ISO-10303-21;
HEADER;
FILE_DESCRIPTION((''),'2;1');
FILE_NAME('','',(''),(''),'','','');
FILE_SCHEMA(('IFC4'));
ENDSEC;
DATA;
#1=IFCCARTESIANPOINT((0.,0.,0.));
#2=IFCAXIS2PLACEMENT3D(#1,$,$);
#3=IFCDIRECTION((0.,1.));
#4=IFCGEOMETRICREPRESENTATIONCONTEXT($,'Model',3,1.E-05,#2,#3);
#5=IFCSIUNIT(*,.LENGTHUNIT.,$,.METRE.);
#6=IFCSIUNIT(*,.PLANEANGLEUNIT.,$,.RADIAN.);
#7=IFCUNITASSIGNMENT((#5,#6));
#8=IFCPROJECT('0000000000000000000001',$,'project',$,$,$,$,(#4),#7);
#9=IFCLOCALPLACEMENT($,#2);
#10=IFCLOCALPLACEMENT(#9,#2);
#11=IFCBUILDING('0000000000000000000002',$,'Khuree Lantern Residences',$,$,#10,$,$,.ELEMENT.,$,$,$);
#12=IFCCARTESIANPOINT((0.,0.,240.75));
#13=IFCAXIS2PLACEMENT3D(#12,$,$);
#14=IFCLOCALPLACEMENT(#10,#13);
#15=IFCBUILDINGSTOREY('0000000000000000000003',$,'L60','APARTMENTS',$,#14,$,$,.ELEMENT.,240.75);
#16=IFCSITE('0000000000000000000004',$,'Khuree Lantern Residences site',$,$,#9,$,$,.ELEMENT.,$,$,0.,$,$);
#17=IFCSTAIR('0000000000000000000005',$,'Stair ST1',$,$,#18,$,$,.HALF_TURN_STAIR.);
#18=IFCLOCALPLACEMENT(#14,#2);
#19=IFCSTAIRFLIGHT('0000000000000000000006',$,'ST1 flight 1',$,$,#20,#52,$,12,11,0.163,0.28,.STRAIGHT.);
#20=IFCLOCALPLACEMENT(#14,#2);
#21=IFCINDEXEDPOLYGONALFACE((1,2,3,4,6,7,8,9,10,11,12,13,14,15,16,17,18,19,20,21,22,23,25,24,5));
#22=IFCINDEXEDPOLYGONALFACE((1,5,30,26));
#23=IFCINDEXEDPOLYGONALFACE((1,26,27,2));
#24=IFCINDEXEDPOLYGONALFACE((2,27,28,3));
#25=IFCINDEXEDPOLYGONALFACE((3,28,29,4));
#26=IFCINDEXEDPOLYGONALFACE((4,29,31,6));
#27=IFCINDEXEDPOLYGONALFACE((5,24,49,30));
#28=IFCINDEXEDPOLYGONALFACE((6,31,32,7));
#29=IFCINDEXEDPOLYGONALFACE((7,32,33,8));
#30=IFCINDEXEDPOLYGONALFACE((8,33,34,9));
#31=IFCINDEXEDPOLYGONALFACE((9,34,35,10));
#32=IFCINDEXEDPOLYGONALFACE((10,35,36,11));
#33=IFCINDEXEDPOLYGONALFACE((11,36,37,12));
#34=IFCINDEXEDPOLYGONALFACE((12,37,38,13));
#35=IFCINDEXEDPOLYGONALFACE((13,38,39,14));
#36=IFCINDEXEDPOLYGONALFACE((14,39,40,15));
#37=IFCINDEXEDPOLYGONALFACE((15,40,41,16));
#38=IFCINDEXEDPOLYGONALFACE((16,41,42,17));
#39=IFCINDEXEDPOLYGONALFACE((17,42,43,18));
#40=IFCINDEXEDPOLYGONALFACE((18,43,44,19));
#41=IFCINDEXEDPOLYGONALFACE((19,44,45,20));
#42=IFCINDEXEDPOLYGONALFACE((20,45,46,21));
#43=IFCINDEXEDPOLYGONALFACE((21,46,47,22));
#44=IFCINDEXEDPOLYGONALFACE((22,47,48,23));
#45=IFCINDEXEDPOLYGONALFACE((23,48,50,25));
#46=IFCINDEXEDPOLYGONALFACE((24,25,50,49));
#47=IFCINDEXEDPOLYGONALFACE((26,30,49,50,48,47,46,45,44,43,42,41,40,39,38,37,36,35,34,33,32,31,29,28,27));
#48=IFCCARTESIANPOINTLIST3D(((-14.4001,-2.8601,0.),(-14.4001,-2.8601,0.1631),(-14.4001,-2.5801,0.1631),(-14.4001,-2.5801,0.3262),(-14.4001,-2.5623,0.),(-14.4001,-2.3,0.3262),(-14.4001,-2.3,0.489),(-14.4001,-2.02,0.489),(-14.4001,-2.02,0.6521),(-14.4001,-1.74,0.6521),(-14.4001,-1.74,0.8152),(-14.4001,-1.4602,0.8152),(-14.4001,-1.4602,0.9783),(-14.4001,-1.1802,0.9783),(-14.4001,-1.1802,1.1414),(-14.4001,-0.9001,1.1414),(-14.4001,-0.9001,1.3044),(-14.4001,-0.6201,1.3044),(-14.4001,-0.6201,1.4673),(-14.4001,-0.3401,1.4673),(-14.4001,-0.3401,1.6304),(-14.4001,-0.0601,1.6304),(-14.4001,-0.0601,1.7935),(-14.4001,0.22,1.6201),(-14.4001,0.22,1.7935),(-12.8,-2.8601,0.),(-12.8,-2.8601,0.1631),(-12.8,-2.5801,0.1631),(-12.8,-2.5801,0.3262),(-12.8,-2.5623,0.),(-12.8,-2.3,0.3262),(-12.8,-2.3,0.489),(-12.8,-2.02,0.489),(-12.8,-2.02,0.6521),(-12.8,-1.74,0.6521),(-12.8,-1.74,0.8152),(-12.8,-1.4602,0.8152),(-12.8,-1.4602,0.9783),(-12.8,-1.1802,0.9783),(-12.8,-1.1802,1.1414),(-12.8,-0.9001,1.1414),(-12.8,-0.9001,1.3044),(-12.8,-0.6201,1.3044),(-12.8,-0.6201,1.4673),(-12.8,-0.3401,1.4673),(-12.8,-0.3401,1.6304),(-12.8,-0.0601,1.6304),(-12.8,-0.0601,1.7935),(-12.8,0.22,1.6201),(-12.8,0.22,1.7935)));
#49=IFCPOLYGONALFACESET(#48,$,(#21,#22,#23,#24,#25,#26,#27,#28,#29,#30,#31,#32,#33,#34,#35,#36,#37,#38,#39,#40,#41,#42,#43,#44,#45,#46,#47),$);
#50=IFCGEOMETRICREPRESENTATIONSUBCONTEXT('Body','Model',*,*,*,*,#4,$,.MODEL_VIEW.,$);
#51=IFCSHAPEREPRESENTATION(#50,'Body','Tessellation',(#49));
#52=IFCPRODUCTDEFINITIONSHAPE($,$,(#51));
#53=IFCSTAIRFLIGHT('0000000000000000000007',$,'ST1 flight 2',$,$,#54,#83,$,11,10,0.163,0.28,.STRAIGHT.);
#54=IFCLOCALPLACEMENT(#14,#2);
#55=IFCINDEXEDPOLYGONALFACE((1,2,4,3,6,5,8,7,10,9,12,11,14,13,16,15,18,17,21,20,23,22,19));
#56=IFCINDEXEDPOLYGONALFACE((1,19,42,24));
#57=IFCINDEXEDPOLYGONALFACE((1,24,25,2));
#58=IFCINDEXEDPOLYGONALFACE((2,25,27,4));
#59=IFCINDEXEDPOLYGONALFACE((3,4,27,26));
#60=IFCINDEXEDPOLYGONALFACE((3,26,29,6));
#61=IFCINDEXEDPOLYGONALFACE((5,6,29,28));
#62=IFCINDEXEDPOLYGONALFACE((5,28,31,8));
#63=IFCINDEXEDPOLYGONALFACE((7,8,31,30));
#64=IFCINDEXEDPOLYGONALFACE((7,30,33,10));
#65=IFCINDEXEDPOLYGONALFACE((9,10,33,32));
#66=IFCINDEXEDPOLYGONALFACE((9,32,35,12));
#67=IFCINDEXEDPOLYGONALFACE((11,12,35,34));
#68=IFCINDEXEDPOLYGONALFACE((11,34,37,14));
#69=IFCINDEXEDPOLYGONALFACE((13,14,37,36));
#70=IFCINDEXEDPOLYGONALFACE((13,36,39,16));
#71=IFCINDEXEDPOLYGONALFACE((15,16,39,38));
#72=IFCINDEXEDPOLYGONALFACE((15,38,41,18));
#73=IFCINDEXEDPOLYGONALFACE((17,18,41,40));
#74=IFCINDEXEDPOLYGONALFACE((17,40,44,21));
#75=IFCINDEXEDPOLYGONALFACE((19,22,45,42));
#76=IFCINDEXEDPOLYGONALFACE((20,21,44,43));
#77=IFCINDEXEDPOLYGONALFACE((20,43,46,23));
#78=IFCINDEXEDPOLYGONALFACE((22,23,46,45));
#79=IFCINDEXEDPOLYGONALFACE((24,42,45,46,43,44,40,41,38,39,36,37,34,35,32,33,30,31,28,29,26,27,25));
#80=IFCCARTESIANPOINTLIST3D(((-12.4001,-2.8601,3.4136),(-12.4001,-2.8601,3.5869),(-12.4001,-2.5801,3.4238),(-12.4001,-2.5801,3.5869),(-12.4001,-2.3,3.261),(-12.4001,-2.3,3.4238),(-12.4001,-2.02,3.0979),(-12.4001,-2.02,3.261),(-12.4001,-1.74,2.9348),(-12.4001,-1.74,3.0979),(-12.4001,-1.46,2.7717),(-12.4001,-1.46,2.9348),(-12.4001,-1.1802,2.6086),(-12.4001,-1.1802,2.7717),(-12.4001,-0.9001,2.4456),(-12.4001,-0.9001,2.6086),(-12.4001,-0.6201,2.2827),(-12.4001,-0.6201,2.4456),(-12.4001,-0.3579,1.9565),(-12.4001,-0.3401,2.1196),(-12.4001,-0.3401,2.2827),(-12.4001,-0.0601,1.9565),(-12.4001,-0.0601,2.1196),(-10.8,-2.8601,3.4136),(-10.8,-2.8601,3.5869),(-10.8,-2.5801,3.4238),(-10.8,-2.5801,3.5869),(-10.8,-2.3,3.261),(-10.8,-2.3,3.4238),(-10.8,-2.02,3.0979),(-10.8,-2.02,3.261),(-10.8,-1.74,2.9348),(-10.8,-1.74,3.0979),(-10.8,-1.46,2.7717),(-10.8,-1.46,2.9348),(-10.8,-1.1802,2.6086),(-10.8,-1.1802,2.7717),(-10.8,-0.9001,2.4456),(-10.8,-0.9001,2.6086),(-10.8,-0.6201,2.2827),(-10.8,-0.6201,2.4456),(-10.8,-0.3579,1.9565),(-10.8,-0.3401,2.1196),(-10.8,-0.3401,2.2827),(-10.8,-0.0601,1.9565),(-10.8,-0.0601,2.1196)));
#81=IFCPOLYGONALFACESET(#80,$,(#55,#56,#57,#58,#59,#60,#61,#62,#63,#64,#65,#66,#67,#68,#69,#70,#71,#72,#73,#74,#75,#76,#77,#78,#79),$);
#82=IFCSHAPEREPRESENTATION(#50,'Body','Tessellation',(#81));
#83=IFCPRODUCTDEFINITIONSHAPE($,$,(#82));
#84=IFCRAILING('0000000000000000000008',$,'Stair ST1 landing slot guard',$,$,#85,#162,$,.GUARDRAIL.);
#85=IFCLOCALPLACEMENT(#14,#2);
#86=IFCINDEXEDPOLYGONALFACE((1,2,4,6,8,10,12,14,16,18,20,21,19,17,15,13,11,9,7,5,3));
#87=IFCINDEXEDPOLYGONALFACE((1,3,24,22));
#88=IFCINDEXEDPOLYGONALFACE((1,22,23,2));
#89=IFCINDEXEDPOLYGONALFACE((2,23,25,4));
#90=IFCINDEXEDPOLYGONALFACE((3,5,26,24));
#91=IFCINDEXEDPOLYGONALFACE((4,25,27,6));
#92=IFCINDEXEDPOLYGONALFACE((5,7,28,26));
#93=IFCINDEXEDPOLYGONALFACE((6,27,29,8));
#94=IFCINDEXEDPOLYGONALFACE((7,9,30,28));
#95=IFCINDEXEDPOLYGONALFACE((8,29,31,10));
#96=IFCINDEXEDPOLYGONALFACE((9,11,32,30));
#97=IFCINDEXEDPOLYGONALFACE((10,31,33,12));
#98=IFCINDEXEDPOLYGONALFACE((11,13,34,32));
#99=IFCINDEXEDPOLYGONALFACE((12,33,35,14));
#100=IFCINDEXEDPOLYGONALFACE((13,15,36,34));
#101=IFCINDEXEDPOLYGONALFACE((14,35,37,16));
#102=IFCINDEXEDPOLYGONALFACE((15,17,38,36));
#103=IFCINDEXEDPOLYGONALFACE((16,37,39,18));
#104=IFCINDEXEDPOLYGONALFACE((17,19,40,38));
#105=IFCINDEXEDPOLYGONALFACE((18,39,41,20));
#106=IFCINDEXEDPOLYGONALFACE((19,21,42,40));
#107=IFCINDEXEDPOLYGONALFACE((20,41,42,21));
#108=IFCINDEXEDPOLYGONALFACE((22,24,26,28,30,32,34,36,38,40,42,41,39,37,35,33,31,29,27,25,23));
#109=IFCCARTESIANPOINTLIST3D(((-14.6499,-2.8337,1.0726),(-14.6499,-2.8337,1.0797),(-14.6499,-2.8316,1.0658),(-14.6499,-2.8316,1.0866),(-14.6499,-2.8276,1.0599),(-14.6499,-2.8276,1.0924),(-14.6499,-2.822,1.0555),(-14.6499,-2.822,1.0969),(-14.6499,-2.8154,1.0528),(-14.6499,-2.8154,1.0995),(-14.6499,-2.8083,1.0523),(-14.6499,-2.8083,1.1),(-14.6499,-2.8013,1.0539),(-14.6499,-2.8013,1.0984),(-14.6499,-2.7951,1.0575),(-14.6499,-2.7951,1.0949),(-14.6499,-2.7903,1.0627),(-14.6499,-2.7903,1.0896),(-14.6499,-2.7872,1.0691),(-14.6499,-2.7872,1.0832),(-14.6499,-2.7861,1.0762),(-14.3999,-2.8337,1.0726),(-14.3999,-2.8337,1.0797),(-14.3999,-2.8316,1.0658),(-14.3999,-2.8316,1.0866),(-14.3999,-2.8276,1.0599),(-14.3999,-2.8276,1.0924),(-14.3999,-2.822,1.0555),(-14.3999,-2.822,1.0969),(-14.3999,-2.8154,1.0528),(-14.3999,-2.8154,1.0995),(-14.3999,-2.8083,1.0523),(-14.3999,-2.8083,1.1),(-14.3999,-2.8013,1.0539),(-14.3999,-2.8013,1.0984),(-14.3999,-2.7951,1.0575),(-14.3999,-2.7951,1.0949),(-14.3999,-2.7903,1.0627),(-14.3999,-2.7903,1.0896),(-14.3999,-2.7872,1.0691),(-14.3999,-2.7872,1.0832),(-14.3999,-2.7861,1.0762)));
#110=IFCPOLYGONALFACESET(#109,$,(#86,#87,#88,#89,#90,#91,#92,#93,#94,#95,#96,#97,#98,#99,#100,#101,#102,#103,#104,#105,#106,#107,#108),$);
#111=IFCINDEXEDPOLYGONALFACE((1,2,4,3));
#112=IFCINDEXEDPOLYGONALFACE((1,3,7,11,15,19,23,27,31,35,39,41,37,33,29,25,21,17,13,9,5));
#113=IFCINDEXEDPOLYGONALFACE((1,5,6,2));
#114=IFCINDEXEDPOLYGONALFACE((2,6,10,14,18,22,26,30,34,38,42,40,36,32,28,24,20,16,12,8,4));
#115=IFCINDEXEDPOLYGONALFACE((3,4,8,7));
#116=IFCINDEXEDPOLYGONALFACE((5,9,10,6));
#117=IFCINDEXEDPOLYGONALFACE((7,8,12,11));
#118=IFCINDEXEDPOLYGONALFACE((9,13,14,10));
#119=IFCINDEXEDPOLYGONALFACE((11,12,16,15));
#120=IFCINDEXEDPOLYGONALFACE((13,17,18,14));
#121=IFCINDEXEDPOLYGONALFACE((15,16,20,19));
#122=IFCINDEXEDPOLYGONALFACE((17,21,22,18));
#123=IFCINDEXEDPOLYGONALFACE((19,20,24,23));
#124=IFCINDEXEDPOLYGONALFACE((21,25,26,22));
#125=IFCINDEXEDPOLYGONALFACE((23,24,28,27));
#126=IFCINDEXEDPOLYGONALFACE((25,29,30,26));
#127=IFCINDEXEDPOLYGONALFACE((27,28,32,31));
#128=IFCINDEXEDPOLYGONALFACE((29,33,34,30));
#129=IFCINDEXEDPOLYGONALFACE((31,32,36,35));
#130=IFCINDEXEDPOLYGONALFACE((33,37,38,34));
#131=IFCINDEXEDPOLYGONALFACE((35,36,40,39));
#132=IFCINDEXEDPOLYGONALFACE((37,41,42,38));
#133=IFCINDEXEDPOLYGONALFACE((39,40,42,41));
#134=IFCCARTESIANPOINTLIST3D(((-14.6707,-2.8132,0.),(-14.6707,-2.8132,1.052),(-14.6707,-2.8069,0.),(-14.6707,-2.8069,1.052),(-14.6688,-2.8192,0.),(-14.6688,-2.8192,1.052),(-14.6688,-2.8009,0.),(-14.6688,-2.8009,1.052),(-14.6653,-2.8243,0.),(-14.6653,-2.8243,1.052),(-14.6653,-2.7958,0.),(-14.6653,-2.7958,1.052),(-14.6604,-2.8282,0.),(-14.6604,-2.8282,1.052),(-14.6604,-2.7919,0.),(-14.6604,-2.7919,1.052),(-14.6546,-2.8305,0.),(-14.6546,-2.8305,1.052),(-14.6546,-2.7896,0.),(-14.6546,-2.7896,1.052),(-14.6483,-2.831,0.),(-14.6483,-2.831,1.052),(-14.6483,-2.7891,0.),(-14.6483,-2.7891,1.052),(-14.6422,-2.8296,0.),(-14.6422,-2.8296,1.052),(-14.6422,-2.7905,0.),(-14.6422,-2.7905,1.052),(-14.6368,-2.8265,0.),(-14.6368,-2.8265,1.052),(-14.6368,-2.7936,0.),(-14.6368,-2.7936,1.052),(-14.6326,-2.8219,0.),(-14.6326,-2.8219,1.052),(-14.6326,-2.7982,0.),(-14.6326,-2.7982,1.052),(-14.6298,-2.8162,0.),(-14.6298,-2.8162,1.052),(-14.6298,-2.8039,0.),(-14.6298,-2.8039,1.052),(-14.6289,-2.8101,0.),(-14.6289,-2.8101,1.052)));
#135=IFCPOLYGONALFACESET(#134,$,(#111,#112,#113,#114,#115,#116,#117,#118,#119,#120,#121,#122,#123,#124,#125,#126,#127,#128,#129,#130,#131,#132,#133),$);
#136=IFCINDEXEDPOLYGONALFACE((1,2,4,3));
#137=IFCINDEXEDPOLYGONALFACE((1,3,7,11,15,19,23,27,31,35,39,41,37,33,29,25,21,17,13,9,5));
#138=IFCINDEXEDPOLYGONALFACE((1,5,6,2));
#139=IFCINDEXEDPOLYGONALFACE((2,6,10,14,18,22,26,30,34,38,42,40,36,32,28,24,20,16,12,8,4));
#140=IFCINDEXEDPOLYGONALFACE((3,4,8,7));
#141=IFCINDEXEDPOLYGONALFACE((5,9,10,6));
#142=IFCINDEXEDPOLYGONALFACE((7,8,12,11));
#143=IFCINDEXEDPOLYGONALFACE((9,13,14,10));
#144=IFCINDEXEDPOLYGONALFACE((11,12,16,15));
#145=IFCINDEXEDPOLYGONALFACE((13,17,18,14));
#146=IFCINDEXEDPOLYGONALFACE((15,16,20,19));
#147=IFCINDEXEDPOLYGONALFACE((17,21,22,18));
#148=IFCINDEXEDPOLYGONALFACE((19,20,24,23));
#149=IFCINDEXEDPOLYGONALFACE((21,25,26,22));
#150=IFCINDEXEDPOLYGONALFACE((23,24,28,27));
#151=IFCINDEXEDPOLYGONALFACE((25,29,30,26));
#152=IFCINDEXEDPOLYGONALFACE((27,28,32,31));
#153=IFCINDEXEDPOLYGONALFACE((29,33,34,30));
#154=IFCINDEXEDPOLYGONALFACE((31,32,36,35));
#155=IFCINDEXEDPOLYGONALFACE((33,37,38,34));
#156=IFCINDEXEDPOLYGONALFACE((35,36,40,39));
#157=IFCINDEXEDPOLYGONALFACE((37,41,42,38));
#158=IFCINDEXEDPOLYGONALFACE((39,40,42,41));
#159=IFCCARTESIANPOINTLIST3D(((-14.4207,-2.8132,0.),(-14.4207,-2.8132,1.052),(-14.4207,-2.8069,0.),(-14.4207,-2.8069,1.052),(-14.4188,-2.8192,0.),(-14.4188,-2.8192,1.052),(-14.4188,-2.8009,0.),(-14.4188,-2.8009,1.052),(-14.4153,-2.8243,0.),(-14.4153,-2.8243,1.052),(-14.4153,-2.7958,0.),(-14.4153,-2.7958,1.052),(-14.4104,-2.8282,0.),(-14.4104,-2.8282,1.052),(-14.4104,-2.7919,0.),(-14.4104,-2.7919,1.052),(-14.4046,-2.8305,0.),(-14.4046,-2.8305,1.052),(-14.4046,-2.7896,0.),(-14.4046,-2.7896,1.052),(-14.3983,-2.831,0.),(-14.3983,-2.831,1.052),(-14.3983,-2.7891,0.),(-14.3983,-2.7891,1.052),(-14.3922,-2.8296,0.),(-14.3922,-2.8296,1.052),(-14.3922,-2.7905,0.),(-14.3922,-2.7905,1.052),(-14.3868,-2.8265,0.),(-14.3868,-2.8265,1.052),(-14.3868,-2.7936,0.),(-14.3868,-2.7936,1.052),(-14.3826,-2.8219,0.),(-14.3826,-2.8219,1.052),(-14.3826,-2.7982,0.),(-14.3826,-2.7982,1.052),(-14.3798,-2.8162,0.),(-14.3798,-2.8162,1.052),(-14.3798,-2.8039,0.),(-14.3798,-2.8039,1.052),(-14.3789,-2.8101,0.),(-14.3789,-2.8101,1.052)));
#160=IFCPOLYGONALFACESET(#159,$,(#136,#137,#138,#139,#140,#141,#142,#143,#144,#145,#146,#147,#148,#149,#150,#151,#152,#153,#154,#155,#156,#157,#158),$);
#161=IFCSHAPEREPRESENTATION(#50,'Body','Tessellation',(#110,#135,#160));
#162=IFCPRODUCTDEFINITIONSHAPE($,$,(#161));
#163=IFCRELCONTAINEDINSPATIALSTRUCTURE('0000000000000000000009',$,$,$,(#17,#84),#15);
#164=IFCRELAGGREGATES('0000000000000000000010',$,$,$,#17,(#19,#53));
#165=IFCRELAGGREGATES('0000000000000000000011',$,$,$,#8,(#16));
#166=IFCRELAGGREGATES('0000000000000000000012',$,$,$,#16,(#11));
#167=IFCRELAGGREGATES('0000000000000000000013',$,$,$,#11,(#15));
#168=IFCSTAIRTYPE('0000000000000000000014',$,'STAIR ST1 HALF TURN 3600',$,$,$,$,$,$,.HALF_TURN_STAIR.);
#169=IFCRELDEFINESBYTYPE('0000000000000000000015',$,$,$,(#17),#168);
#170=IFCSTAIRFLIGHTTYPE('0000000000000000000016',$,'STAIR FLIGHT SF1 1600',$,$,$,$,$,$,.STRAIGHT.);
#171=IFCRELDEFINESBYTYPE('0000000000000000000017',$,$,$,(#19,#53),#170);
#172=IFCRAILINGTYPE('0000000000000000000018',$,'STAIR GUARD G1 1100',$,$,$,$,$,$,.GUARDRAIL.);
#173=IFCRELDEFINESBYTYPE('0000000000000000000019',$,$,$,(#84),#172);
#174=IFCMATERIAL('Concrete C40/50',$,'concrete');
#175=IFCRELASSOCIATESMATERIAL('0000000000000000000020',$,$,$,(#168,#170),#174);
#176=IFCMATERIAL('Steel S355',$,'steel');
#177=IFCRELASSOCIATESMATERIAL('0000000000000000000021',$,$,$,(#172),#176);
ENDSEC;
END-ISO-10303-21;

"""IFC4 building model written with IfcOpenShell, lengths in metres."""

from ifc_helpers import new_model, si_unit, direction, frame, origin, origin_2d, place, context, subcontext, project, spatial, polyline, circle, outline, extrude, material, type_object, element, aggregate, save


model = new_model("IFC4")

# Units and contexts
model_context = context("Model", 3, precision=1e-05, world=origin(), true_north=direction((0.0, 1.0)))
body_context = subcontext(model_context, "Body", "Model", "MODEL_VIEW")
ifc_project = project(units=[si_unit("LENGTHUNIT", "METRE"), si_unit("PLANEANGLEUNIT", "RADIAN")], contexts=[model_context])

# Site, building, storey
site_placement = place(None, origin())
site = spatial("IfcSite", under=ifc_project, at=site_placement, Name="Khuree Lantern Residences site", CompositionType="ELEMENT", RefElevation=0.0)
building_placement = place(site_placement, origin())
building = spatial("IfcBuilding", under=site, at=building_placement, Name="Khuree Lantern Residences", CompositionType="ELEMENT")
storey_placement = place(building_placement, frame((0.0, 0.0, 240.75)))
storey = spatial("IfcBuildingStorey", under=building, at=storey_placement, Name="L60", Description="APARTMENTS", CompositionType="ELEMENT", Elevation=240.75)

# Stair, stair flights
ifc_material_1 = material(Name="Concrete C40/50", Category="concrete")
stair_type = type_object("IfcStairType", Name="STAIR ST1 HALF TURN 3600", PredefinedType="HALF_TURN_STAIR", material=ifc_material_1)
stair_placement = place(storey_placement, origin())
stair = element("IfcStair", 1, at=stair_placement, inside=storey, type_object=stair_type, Name="Stair ST1", PredefinedType="HALF_TURN_STAIR")
stair_flight_type = type_object("IfcStairFlightType", Name="STAIR FLIGHT SF1 1600", PredefinedType="STRAIGHT", material=ifc_material_1)
stair_flight_1_placement = place(storey_placement, frame((-13.6001, -2.8601, 0.0), z_axis=(0.0, 0.0, 1.0), x_axis=(0.0, 1.0, 0.0)))
stair_flight_1 = element("IfcStairFlight", 2, at=stair_flight_1_placement, type_object=stair_flight_type, Name="ST1 flight 1", NumberOfRisers=12, NumberOfTreads=11, PredefinedType="STRAIGHT", RiserHeight=0.163, TreadLength=0.28, context=body_context, shape_type="SweptSolid", body=[
    extrude(outline(polyline([(0.0, 0.0), (0.0, 0.1631), (0.28, 0.1631), (0.28, 0.3262), (0.5601, 0.3262), (0.5601, 0.489), (0.8401, 0.489), (0.8401, 0.6521), (1.1201, 0.6521), (1.1201, 0.8152), (1.3999, 0.8152), (1.3999, 0.9783), (1.6799, 0.9783), (1.6799, 1.1414), (1.96, 1.1414), (1.96, 1.3044), (2.24, 1.3044), (2.24, 1.4673), (2.52, 1.4673), (2.52, 1.6304), (2.8, 1.6304), (2.8, 1.7935), (3.0801, 1.7935), (3.0801, 1.9565), (3.0801, 1.6201), (0.2979, 0.0), (0.0, 0.0)])), frame((0.0, 0.8, 0.0), z_axis=(0.0, -1.0, 0.0), x_axis=(1.0, 0.0, 0.0)), (0.0, 0.0, 1.0), 1.6001),
])
stair_flight_2_placement = place(storey_placement, frame((-11.6001, -0.0601, 1.9565), z_axis=(0.0, 0.0, 1.0), x_axis=(0.0, -1.0, 0.0)))
stair_flight_2 = element("IfcStairFlight", 3, at=stair_flight_2_placement, type_object=stair_flight_type, Name="ST1 flight 2", NumberOfRisers=11, NumberOfTreads=10, PredefinedType="STRAIGHT", RiserHeight=0.163, TreadLength=0.28, context=body_context, shape_type="SweptSolid", body=[
    extrude(outline(polyline([(0.0, 0.0), (0.0, 0.1631), (0.28, 0.1631), (0.28, 0.3262), (0.5601, 0.3262), (0.5601, 0.489), (0.8401, 0.489), (0.8401, 0.6521), (1.1201, 0.6521), (1.1201, 0.8152), (1.3999, 0.8152), (1.3999, 0.9783), (1.6799, 0.9783), (1.6799, 1.1414), (1.96, 1.1414), (1.96, 1.3044), (2.24, 1.3044), (2.24, 1.4673), (2.52, 1.4673), (2.52, 1.6304), (2.8, 1.6304), (2.8, 1.7935), (2.8, 1.457), (0.2979, 0.0), (0.0, 0.0)])), frame((0.0, 0.8, 0.0), z_axis=(0.0, -1.0, 0.0), x_axis=(1.0, 0.0, 0.0)), (0.0, 0.0, 1.0), 1.6001),
])
aggregate(stair, [stair_flight_1, stair_flight_2])

# Railing
ifc_material_2 = material(Name="Steel S355", Category="steel")
railing_type_1 = type_object("IfcRailingType", Name="STAIR GUARD G1 1100", PredefinedType="GUARDRAIL", material=ifc_material_2)
railing_1_placement = place(storey_placement, frame((-14.6499, -2.8101, 0.0)))
element("IfcRailing", 4, at=railing_1_placement, inside=storey, type_object=railing_type_1, Name="Stair ST1 landing slot guard", PredefinedType="GUARDRAIL", context=body_context, shape_type="SweptSolid", body=[
    extrude(circle(Radius=0.0239, at=origin_2d()), frame((0.0, 0.0, 1.0762), z_axis=(1.0, 0.0, 0.0), x_axis=(0.0, 1.0, 0.0)), (0.0, 0.0, 1.0), 0.25),
    extrude(circle(Radius=0.021, at=origin_2d()), origin(), (0.0, 0.0, 1.0), 1.052),
    extrude(circle(Radius=0.021, at=origin_2d()), frame((0.25, 0.0, 0.0)), (0.0, 0.0, 1.0), 1.052),
])

save(model, "model.ifc")
